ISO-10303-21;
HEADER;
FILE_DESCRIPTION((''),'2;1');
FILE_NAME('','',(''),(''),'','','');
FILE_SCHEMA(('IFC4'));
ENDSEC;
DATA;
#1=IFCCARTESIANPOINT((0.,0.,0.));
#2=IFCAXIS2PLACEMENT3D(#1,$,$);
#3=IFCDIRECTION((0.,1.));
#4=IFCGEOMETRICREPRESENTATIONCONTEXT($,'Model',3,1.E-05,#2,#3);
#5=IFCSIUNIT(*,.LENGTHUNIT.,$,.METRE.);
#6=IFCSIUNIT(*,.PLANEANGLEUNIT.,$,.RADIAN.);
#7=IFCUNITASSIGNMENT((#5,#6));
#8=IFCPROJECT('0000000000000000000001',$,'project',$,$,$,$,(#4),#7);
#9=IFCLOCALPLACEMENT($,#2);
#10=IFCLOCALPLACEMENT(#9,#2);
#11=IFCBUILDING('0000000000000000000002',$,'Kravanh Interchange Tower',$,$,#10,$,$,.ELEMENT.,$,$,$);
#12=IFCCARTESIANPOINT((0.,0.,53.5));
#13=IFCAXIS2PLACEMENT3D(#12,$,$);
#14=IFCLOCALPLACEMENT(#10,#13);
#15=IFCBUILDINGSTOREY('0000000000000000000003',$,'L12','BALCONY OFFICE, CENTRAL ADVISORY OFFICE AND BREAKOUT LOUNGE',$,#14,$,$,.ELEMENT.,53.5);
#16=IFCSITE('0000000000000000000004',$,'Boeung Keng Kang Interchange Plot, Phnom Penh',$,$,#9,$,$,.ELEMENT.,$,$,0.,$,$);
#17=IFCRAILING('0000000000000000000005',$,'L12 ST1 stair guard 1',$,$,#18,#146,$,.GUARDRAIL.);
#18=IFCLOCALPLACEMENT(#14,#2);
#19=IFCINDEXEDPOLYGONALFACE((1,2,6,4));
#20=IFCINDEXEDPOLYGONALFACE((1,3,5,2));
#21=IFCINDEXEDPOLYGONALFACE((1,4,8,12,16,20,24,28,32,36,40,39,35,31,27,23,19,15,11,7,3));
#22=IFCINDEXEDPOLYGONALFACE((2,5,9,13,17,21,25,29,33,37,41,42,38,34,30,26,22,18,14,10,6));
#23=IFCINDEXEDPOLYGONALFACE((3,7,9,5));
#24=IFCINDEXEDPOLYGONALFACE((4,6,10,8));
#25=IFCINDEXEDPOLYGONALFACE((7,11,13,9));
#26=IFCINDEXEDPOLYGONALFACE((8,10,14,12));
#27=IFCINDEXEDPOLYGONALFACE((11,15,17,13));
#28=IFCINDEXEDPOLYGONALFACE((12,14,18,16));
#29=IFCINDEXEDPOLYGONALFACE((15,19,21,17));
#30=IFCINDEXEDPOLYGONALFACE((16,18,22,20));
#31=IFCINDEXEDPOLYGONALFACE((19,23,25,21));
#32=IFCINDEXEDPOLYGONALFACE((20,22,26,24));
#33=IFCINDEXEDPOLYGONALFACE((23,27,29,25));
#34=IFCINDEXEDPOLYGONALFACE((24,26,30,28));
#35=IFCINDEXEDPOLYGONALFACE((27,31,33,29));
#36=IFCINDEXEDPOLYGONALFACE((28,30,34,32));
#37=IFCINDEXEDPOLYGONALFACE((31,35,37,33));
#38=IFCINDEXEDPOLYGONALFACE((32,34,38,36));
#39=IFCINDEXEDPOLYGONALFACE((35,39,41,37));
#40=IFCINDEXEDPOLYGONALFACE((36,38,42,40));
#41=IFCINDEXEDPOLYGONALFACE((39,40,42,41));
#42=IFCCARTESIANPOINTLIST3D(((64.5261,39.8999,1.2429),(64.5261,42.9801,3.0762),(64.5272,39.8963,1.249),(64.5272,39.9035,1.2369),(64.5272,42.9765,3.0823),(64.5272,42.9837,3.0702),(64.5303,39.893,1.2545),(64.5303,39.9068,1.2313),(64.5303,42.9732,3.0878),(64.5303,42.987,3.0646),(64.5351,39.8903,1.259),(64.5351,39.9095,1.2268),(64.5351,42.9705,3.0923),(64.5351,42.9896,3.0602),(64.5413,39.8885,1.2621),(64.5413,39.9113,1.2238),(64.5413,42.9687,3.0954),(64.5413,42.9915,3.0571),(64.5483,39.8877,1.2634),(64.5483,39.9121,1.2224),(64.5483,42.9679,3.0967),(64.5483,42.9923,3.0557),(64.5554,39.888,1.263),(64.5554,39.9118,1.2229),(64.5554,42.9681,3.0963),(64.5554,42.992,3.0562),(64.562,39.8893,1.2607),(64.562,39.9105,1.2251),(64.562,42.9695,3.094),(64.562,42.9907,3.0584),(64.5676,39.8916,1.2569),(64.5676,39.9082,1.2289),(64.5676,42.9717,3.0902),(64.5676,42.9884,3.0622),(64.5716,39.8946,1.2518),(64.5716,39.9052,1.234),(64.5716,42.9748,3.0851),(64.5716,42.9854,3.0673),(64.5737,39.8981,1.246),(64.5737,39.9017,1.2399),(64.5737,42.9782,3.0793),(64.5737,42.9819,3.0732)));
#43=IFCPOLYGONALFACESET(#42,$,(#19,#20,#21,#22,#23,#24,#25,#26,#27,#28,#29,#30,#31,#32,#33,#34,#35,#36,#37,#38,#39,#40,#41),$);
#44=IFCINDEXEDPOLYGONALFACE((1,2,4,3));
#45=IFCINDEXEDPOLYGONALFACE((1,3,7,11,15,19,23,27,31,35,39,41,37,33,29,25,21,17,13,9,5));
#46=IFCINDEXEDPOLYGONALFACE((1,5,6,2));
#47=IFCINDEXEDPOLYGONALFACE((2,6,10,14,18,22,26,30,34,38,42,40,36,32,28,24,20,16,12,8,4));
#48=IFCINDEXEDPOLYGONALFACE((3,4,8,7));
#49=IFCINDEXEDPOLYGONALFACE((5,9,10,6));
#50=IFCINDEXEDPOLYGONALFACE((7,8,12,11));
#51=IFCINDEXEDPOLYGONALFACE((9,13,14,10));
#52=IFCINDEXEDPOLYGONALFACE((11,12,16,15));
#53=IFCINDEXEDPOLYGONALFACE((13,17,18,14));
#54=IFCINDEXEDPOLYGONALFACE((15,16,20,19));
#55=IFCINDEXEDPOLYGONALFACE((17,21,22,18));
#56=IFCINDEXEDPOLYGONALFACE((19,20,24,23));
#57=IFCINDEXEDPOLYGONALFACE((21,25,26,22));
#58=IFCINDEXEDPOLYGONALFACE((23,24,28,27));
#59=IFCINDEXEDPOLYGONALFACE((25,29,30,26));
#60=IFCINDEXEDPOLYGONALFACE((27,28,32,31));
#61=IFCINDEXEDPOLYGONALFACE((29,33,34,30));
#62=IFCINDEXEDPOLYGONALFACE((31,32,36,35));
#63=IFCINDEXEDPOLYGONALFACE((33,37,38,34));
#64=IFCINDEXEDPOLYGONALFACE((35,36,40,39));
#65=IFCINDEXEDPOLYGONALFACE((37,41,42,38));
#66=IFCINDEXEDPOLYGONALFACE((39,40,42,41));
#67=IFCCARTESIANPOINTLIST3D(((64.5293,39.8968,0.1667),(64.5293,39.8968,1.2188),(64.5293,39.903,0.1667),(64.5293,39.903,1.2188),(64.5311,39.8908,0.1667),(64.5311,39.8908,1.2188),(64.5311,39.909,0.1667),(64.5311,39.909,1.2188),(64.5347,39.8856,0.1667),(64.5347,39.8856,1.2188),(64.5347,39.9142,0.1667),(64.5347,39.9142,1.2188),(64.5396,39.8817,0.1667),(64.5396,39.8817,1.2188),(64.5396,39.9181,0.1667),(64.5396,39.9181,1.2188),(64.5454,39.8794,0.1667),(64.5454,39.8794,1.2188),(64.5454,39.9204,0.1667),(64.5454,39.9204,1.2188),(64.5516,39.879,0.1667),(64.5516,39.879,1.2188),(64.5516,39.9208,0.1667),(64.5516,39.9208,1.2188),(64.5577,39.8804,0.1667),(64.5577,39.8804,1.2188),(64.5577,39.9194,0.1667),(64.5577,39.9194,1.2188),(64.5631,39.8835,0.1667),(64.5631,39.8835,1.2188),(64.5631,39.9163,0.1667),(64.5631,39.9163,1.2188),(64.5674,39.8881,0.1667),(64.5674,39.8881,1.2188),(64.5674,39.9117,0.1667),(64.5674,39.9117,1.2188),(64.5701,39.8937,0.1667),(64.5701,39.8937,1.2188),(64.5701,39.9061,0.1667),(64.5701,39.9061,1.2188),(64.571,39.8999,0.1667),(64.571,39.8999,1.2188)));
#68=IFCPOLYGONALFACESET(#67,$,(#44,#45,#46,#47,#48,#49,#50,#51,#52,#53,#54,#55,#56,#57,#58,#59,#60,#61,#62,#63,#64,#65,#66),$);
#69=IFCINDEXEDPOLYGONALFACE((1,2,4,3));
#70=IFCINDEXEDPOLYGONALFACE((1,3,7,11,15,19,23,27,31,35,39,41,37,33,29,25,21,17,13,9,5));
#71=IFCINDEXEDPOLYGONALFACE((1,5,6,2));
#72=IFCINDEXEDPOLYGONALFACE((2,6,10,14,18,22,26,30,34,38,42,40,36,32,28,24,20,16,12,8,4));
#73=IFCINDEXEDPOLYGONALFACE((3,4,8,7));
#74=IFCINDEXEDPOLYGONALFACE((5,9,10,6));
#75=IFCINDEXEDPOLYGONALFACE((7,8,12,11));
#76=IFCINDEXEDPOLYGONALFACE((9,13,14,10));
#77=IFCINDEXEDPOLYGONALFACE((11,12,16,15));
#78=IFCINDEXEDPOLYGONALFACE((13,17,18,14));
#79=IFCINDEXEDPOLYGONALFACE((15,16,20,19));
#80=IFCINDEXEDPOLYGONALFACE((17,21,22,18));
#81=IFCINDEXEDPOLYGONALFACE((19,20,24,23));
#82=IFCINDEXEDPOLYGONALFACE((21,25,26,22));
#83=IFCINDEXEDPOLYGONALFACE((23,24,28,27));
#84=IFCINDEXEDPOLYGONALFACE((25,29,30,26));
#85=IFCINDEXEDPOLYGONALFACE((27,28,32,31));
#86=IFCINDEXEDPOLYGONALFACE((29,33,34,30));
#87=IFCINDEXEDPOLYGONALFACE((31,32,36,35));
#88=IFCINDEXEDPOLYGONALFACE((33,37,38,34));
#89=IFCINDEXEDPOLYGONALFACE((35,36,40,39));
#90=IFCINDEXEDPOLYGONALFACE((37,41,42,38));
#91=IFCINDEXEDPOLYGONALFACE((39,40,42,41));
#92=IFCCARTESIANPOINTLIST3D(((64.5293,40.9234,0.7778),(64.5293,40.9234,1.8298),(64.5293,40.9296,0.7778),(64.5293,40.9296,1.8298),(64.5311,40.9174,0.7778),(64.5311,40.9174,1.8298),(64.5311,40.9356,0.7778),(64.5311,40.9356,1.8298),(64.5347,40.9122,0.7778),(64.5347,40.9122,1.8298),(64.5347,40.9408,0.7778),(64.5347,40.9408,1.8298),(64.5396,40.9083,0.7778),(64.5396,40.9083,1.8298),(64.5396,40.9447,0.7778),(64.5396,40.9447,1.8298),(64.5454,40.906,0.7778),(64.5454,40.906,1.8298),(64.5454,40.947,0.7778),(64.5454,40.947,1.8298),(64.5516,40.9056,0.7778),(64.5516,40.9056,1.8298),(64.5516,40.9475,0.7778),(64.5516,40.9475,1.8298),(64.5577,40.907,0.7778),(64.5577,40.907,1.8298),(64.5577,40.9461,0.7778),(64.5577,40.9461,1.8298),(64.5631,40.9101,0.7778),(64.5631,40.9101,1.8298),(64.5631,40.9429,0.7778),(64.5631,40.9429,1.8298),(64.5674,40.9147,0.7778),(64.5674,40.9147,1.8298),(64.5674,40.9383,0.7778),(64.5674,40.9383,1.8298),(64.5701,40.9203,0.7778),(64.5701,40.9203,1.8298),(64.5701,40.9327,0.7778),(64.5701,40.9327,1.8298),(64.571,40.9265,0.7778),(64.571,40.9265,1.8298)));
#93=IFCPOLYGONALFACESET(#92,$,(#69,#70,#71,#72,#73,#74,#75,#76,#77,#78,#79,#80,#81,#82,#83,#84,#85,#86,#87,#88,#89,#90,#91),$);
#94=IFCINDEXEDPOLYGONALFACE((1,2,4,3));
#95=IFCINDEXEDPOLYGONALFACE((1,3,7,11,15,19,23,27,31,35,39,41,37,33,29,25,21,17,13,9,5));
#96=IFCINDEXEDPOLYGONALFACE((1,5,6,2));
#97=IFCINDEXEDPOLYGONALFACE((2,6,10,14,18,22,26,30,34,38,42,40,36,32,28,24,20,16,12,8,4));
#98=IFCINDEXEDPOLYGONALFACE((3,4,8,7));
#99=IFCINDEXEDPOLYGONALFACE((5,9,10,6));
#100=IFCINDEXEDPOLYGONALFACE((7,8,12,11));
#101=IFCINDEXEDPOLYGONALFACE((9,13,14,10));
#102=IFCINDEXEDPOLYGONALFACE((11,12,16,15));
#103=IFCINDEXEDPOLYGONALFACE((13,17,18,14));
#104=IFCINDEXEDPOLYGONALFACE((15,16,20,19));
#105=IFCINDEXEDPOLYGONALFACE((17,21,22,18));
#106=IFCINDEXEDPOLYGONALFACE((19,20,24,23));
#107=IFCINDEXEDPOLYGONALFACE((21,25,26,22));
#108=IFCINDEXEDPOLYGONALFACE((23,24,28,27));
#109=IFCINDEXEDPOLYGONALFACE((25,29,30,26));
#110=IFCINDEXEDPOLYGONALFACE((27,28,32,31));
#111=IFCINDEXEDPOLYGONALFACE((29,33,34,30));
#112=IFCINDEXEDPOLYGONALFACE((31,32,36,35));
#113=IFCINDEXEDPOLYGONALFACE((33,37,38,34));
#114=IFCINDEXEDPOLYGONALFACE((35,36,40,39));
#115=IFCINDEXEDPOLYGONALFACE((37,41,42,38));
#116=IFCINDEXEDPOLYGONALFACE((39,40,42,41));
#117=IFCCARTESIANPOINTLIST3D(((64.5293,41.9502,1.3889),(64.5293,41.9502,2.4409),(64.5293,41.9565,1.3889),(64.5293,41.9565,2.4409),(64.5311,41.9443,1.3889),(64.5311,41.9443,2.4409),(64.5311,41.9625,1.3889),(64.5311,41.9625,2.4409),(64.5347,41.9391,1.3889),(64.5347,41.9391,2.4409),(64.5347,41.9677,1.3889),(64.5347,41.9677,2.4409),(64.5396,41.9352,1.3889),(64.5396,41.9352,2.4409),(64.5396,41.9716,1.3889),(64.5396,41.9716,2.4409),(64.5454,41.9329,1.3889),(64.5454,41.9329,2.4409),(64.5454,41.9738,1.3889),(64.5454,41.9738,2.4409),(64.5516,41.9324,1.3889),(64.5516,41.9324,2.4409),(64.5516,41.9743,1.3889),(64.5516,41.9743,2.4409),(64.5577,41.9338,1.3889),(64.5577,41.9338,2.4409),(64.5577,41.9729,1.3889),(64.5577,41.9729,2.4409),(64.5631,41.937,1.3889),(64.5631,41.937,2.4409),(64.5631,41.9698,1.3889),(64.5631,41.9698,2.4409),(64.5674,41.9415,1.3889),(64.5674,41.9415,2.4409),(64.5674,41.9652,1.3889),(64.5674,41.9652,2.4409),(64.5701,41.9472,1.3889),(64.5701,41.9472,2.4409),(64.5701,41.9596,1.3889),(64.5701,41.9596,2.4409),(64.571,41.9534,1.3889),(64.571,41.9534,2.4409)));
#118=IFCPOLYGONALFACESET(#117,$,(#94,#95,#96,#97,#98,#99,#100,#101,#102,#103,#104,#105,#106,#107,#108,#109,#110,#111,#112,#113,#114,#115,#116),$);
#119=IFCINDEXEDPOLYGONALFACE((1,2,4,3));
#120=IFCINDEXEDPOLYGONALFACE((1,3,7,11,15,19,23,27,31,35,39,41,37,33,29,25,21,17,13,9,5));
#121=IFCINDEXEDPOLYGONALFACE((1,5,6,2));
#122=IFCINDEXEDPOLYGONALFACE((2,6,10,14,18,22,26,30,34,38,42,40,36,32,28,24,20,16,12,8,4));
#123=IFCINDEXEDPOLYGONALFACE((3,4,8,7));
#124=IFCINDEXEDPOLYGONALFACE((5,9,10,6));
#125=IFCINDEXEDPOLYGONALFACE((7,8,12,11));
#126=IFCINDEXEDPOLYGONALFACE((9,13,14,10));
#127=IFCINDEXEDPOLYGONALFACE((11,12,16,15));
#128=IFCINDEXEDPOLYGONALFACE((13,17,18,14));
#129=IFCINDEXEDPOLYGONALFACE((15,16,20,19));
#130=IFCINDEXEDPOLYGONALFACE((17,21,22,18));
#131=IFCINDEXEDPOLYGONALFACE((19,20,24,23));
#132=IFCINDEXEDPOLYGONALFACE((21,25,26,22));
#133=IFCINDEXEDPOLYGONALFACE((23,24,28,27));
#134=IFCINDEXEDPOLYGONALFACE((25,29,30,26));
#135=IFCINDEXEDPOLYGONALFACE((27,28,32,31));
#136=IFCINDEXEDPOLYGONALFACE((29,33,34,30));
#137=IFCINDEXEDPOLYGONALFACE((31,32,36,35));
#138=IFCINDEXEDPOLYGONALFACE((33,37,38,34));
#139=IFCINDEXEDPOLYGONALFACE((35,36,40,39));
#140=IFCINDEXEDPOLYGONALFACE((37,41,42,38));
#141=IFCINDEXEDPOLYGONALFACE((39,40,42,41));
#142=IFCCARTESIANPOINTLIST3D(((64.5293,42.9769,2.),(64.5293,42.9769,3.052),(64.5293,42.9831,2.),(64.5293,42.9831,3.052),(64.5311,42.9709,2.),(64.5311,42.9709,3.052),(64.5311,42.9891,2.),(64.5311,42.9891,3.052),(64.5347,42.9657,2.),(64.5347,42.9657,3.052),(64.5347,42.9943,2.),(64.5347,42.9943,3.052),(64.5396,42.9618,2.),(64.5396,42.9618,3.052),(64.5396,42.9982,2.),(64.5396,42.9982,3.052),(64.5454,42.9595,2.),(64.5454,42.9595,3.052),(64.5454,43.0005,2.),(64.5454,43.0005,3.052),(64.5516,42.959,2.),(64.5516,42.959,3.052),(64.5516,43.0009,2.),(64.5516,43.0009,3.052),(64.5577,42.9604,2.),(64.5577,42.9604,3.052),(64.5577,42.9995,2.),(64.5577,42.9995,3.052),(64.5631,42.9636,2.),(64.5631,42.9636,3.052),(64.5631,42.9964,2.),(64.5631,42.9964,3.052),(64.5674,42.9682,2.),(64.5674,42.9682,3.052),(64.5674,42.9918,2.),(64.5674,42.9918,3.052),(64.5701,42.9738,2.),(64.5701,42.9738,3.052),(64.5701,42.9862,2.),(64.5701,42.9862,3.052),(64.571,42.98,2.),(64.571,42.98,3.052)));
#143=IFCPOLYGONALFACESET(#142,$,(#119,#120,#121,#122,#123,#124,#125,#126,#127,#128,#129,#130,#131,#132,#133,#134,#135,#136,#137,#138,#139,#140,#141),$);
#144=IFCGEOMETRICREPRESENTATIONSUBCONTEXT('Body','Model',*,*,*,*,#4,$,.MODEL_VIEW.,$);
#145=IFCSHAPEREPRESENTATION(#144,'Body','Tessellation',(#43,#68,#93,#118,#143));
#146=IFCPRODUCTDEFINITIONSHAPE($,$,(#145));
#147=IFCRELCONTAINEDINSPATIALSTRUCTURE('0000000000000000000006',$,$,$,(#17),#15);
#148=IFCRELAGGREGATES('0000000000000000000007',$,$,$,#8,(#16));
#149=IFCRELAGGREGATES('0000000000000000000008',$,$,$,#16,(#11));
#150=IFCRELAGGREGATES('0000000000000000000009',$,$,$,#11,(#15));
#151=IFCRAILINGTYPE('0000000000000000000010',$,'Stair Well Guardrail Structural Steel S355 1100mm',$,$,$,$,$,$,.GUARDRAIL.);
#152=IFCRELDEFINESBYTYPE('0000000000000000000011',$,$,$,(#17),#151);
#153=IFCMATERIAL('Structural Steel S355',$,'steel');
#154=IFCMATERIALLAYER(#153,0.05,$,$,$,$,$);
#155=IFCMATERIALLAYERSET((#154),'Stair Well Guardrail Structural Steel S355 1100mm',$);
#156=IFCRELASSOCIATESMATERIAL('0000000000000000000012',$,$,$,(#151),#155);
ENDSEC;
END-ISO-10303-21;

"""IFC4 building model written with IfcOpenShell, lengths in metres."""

from ifc_helpers import new_model, si_unit, direction, frame, origin, origin_2d, place, context, subcontext, project, spatial, circle, extrude, material, layer, layer_set, type_object, element, save


model = new_model("IFC4")

# Units and contexts
model_context = context("Model", 3, precision=1e-05, world=origin(), true_north=direction((0.0, 1.0)))
body_context = subcontext(model_context, "Body", "Model", "MODEL_VIEW")
ifc_project = project(units=[si_unit("LENGTHUNIT", "METRE"), si_unit("PLANEANGLEUNIT", "RADIAN")], contexts=[model_context])

# Site, building, storey
site_placement = place(None, origin())
site = spatial("IfcSite", under=ifc_project, at=site_placement, Name="Boeung Keng Kang Interchange Plot, Phnom Penh", CompositionType="ELEMENT", RefElevation=0.0)
building_placement = place(site_placement, origin())
building = spatial("IfcBuilding", under=site, at=building_placement, Name="Kravanh Interchange Tower", CompositionType="ELEMENT")
storey_placement = place(building_placement, frame((0.0, 0.0, 53.5)))
storey = spatial("IfcBuildingStorey", under=building, at=storey_placement, Name="L12", Description="BALCONY OFFICE, CENTRAL ADVISORY OFFICE AND BREAKOUT LOUNGE", CompositionType="ELEMENT", Elevation=53.5)

# Railing
ifc_material_1 = material(Name="Structural Steel S355", Category="steel")
ifc_layer_1 = layer(ifc_material_1, 0.05)
ifc_layer_set_1 = layer_set([ifc_layer_1], Name="Stair Well Guardrail Structural Steel S355 1100mm")
railing_type_1 = type_object("IfcRailingType", Name="Stair Well Guardrail Structural Steel S355 1100mm", PredefinedType="GUARDRAIL", material=ifc_layer_set_1)
railing_1_placement = place(storey_placement, frame((64.55, 39.8999, 0.1667)))
element("IfcRailing", 1, at=railing_1_placement, inside=storey, type_object=railing_type_1, Name="L12 ST1 stair guard 1", PredefinedType="GUARDRAIL", context=body_context, shape_type="SweptSolid", body=[
    extrude(circle(Radius=0.0239, at=origin_2d()), frame((0.0, 0.0, 1.0762), z_axis=(0.0, 0.859309, 0.511458), x_axis=(-1.0, 0.0, 0.0)), (0.0, 0.0, 1.0), 3.5845),
    extrude(circle(Radius=0.021, at=origin_2d()), origin(), (0.0, 0.0, 1.0), 1.052),
    extrude(circle(Radius=0.021, at=origin_2d()), frame((0.0, 1.0266, 0.6111)), (0.0, 0.0, 1.0), 1.052),
    extrude(circle(Radius=0.021, at=origin_2d()), frame((0.0, 2.0535, 1.2222)), (0.0, 0.0, 1.0), 1.052),
    extrude(circle(Radius=0.021, at=origin_2d()), frame((0.0, 3.0801, 1.8333)), (0.0, 0.0, 1.0), 1.052),
])

save(model, "model.ifc")
